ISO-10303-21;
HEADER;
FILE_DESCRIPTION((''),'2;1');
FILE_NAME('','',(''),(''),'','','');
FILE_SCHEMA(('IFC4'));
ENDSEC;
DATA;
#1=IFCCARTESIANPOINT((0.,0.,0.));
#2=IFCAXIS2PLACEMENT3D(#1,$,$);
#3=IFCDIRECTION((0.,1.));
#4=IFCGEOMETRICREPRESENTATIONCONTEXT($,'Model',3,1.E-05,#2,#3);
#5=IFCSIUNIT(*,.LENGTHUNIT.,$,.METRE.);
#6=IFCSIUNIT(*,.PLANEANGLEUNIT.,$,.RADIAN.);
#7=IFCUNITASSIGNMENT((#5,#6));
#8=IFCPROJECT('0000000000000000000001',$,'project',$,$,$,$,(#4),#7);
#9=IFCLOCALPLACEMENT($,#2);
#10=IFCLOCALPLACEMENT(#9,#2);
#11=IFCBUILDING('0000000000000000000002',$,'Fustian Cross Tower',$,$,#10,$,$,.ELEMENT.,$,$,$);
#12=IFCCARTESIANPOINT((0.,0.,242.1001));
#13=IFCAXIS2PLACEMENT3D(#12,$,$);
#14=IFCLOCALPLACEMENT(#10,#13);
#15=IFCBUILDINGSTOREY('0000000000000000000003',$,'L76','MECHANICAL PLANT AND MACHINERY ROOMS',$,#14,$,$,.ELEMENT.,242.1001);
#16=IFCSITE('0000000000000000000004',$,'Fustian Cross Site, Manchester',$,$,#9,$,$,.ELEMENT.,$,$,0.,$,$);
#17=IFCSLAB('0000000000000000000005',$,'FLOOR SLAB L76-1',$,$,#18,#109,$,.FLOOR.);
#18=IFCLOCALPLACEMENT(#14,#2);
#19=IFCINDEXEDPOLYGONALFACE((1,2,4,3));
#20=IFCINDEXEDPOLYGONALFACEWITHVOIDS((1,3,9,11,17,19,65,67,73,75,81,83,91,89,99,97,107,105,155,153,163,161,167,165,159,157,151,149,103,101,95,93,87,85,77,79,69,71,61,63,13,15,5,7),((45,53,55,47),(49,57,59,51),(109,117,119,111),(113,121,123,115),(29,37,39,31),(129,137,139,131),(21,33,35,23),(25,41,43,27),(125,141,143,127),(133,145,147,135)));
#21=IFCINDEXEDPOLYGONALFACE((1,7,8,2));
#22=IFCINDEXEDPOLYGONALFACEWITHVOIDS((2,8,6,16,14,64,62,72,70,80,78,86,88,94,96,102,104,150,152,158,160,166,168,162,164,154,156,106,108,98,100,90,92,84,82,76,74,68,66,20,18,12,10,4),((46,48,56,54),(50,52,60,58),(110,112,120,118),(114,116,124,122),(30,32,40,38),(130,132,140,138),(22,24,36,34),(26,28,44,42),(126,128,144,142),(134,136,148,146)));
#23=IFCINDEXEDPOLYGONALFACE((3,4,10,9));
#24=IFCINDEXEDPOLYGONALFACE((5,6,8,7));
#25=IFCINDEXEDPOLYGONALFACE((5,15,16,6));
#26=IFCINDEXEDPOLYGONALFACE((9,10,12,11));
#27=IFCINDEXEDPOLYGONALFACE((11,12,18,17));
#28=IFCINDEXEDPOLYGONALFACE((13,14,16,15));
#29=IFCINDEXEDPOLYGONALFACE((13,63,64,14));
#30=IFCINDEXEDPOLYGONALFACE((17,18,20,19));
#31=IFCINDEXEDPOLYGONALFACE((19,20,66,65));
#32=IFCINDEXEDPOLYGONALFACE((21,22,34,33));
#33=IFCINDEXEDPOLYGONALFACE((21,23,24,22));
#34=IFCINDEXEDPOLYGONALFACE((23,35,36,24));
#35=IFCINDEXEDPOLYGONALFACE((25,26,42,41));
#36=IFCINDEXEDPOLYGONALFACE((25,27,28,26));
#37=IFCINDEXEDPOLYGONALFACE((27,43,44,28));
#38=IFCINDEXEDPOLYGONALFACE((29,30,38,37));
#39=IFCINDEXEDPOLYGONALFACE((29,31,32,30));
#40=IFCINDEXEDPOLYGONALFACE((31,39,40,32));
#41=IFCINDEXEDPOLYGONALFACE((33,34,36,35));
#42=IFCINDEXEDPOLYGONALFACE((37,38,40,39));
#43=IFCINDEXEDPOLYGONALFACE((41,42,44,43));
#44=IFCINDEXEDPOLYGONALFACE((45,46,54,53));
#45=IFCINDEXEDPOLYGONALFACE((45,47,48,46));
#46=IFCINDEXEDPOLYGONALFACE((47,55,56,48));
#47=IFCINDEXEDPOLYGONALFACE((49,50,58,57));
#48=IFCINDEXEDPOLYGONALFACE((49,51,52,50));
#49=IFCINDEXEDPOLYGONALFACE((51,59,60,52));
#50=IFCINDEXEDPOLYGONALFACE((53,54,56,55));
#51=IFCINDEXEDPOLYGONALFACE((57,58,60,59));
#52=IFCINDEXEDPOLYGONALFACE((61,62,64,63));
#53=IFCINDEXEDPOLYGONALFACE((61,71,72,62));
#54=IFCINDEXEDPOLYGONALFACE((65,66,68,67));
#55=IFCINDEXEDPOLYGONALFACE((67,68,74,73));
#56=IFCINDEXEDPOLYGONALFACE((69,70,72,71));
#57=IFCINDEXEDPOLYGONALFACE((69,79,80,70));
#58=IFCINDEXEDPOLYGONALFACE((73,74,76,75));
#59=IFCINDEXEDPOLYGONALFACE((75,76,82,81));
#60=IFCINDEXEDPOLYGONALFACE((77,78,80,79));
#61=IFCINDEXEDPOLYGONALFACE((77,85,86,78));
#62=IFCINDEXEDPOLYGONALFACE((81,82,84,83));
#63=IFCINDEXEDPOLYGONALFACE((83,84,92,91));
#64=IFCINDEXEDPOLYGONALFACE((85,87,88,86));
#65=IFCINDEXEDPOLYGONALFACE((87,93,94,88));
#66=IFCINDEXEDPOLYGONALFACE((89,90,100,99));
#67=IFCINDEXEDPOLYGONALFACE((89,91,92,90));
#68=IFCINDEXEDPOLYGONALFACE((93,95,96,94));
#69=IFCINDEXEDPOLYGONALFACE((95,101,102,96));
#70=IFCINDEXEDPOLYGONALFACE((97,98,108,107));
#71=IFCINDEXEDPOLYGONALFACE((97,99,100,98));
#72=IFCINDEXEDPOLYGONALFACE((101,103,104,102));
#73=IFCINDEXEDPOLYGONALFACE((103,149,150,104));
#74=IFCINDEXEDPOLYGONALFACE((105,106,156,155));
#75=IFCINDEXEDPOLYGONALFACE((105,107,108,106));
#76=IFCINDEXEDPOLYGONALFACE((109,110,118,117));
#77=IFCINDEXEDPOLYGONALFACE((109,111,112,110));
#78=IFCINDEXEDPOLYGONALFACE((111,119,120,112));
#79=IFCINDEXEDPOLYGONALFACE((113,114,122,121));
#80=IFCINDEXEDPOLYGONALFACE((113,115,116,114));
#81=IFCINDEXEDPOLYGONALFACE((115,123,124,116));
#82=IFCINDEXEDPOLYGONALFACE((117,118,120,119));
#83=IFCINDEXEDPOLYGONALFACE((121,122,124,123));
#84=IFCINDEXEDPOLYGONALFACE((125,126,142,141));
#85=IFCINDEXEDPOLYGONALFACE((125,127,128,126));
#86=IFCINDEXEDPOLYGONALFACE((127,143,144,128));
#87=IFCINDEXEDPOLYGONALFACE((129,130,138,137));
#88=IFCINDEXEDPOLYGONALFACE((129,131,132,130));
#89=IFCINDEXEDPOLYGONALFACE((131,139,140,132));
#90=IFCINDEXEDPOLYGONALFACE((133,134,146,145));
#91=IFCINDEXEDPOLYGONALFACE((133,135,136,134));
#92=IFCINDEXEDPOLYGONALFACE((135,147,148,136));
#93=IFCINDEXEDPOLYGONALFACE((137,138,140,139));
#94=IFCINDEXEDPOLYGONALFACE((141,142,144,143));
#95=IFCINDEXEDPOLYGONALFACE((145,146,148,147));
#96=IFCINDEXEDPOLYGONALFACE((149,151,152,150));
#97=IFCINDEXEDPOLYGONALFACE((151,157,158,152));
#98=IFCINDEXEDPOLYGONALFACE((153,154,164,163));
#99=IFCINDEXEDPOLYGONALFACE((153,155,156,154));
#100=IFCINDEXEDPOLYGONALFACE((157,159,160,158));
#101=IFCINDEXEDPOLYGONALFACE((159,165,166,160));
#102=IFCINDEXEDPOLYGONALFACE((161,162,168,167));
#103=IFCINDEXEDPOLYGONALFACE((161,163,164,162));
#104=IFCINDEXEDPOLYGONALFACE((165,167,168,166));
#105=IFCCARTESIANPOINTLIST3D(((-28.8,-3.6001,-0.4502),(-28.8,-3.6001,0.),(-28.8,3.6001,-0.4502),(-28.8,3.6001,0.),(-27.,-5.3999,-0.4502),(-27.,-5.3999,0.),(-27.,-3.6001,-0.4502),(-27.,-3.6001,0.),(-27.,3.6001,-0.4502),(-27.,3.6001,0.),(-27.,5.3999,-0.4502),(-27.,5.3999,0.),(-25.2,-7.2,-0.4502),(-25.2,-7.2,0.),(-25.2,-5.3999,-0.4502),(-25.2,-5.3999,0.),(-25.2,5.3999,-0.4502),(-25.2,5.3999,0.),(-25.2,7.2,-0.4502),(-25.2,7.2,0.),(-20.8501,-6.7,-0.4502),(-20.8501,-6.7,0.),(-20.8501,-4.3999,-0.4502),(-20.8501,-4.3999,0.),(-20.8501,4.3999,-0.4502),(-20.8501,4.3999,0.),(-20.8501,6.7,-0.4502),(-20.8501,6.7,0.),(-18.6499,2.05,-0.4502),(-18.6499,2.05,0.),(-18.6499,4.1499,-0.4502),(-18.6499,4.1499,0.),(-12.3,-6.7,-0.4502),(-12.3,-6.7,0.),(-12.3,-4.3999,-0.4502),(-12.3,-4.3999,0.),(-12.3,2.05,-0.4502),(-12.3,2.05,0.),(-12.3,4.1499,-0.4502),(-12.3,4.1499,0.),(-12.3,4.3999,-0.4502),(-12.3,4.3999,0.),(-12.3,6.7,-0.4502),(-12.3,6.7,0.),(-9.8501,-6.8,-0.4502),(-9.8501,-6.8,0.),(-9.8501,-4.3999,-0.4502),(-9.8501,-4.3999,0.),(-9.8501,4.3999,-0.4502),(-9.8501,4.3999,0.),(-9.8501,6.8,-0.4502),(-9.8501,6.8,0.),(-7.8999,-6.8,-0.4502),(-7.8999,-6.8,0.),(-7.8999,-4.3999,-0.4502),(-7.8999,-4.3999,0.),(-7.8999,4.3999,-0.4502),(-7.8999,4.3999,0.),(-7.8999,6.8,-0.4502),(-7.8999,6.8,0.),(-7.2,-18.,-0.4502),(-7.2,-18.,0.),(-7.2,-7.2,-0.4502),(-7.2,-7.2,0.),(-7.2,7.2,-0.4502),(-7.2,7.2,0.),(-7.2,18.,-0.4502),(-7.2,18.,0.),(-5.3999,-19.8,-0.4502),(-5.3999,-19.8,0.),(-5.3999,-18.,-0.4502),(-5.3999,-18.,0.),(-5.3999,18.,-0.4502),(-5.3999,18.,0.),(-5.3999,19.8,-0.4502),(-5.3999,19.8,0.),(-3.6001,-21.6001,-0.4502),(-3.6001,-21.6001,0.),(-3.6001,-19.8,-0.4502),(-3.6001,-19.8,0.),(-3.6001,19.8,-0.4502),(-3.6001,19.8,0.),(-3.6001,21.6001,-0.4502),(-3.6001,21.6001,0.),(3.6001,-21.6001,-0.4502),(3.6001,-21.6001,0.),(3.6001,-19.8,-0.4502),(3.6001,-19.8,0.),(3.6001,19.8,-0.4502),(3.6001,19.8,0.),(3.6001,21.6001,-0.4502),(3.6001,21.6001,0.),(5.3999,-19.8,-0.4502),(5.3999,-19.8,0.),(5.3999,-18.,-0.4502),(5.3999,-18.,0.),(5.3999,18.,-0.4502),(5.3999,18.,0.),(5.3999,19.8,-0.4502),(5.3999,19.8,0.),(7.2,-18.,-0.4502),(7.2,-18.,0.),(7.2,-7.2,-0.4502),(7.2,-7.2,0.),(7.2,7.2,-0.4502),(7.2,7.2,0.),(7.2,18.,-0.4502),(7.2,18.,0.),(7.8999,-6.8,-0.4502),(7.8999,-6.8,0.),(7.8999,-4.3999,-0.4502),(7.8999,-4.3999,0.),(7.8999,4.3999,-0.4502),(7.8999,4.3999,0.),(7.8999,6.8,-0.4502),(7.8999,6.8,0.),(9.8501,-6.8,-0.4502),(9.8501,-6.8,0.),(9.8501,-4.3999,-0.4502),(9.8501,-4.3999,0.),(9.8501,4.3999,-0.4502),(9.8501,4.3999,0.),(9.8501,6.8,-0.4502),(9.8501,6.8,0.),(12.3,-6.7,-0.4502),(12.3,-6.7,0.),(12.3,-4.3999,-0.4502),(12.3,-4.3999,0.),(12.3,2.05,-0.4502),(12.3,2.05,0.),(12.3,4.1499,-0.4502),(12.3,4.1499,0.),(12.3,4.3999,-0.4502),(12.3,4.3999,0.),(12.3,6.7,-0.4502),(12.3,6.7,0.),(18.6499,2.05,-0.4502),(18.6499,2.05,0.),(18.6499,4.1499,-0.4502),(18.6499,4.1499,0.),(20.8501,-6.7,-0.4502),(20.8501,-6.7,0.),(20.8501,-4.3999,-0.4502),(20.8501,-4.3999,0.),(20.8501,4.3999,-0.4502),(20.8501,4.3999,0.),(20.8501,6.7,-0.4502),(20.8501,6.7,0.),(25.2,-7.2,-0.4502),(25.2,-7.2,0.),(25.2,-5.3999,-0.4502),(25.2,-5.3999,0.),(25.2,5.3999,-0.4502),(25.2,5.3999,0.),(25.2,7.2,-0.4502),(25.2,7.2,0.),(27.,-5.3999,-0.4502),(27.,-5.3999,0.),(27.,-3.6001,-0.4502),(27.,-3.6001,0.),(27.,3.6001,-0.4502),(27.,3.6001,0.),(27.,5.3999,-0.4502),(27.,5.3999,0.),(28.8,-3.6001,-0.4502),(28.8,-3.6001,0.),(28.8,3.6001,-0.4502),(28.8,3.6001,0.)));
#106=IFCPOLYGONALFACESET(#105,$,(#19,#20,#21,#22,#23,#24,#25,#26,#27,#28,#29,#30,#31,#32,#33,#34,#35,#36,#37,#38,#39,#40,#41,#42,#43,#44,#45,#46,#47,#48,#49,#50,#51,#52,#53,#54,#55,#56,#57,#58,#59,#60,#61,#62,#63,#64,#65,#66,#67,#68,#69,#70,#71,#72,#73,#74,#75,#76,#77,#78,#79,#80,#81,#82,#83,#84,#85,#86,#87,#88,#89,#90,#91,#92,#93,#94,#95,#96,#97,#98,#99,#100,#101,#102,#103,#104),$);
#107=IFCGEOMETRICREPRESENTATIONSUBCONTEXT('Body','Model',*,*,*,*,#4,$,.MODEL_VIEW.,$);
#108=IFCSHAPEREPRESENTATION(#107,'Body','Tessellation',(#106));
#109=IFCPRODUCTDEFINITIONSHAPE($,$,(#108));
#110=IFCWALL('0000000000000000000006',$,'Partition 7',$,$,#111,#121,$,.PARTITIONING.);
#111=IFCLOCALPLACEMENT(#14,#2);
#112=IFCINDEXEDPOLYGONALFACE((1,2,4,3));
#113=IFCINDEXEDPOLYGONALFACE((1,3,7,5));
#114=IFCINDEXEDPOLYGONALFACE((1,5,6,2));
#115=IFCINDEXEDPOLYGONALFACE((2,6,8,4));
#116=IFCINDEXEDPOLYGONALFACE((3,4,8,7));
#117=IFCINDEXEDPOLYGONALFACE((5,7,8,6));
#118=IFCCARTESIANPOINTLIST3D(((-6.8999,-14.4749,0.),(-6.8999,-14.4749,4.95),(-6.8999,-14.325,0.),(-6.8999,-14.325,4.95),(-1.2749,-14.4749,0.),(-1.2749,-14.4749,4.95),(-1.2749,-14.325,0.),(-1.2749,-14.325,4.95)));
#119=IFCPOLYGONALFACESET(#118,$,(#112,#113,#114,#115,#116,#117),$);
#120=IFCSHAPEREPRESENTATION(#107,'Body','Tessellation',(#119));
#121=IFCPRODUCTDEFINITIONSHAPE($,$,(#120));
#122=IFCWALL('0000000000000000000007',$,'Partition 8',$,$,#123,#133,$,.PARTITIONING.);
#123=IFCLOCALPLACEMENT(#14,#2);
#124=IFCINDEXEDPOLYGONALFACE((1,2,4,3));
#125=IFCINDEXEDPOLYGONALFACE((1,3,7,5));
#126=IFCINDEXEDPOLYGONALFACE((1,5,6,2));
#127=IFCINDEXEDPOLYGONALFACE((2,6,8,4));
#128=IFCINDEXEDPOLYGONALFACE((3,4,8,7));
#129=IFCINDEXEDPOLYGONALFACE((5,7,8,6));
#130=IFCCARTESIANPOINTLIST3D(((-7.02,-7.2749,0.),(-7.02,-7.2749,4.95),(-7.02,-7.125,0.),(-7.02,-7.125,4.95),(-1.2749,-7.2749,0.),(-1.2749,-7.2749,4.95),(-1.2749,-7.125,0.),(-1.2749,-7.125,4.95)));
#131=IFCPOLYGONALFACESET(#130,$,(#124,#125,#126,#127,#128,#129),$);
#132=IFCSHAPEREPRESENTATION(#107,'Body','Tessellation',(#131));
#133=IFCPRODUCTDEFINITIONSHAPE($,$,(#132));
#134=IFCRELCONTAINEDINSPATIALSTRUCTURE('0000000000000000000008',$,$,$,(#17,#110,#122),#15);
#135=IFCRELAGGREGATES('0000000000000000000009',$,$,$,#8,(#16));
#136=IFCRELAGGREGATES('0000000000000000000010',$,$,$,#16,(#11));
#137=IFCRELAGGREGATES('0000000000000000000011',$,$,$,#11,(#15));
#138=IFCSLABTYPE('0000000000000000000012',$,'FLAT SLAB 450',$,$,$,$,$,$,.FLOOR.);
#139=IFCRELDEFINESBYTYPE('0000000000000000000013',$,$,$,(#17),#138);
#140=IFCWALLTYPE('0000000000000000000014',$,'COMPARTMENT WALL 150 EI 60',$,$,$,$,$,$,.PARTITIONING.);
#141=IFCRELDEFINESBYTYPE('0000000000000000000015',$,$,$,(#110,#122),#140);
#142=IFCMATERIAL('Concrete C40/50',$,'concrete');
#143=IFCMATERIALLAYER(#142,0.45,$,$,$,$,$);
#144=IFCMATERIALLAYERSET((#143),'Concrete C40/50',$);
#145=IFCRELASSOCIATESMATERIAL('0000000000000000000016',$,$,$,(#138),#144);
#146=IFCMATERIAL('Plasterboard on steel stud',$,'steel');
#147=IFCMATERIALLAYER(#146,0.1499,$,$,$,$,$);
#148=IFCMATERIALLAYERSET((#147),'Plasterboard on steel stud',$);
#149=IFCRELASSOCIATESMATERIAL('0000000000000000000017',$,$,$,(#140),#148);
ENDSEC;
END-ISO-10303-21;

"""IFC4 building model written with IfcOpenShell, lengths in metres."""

from ifc_helpers import new_model, si_unit, direction, frame, frame_2d, origin, place, context, subcontext, project, spatial, polyline, rectangle, outline, extrude, material, layer, layer_set, type_object, element, save


model = new_model("IFC4")

# Units and contexts
model_context = context("Model", 3, precision=1e-05, world=origin(), true_north=direction((0.0, 1.0)))
body_context = subcontext(model_context, "Body", "Model", "MODEL_VIEW")
ifc_project = project(units=[si_unit("LENGTHUNIT", "METRE"), si_unit("PLANEANGLEUNIT", "RADIAN")], contexts=[model_context])

# Site, building, storey
site_placement = place(None, origin())
site = spatial("IfcSite", under=ifc_project, at=site_placement, Name="Fustian Cross Site, Manchester", CompositionType="ELEMENT", RefElevation=0.0)
building_placement = place(site_placement, origin())
building = spatial("IfcBuilding", under=site, at=building_placement, Name="Fustian Cross Tower", CompositionType="ELEMENT")
storey_placement = place(building_placement, frame((0.0, 0.0, 242.1001)))
storey = spatial("IfcBuildingStorey", under=building, at=storey_placement, Name="L76", Description="MECHANICAL PLANT AND MACHINERY ROOMS", CompositionType="ELEMENT", Elevation=242.1001)

# Slab
ifc_material_1 = material(Name="Concrete C40/50", Category="concrete")
ifc_layer_1 = layer(ifc_material_1, 0.45)
ifc_layer_set_1 = layer_set([ifc_layer_1], Name="Concrete C40/50")
slab_type = type_object("IfcSlabType", Name="FLAT SLAB 450", PredefinedType="FLOOR", material=ifc_layer_set_1)
slab_placement = place(storey_placement, frame((0.0, 0.0, -0.4502)))
element("IfcSlab", 1, at=slab_placement, inside=storey, type_object=slab_type, Name="FLOOR SLAB L76-1", PredefinedType="FLOOR", context=body_context, shape_type="SweptSolid", body=[
    extrude(outline(polyline([(-7.2, -18.0), (-7.2, -7.2), (-25.2, -7.2), (-25.2, -5.3999), (-27.0, -5.3999), (-27.0, -3.6001), (-28.8, -3.6001), (-28.8, 3.6001), (-27.0, 3.6001), (-27.0, 5.3999), (-25.2, 5.3999), (-25.2, 7.2), (-7.2, 7.2), (-7.2, 18.0), (-5.3999, 18.0), (-5.3999, 19.8), (-3.6001, 19.8), (-3.6001, 21.6001), (3.6001, 21.6001), (3.6001, 19.8), (5.3999, 19.8), (5.3999, 18.0), (7.2, 18.0), (7.2, 7.2), (25.2, 7.2), (25.2, 5.3999), (27.0, 5.3999), (27.0, 3.6001), (28.8, 3.6001), (28.8, -3.6001), (27.0, -3.6001), (27.0, -5.3999), (25.2, -5.3999), (25.2, -7.2), (7.2, -7.2), (7.2, -18.0), (5.3999, -18.0), (5.3999, -19.8), (3.6001, -19.8), (3.6001, -21.6001), (-3.6001, -21.6001), (-3.6001, -19.8), (-5.3999, -19.8), (-5.3999, -18.0), (-7.2, -18.0)]), holes=[polyline([(7.8999, 6.8), (7.8999, 4.3999), (9.8501, 4.3999), (9.8501, 6.8), (7.8999, 6.8)]), polyline([(9.8501, -4.3999), (7.8999, -4.3999), (7.8999, -6.8), (9.8501, -6.8), (9.8501, -4.3999)]), polyline([(-7.8999, 4.3999), (-7.8999, 6.8), (-9.8501, 6.8), (-9.8501, 4.3999), (-7.8999, 4.3999)]), polyline([(-9.8501, -6.8), (-7.8999, -6.8), (-7.8999, -4.3999), (-9.8501, -4.3999), (-9.8501, -6.8)]), polyline([(12.3, 4.1499), (12.3, 2.05), (18.6499, 2.05), (18.6499, 4.1499), (12.3, 4.1499)]), polyline([(-12.3, 4.1499), (-18.6499, 4.1499), (-18.6499, 2.05), (-12.3, 2.05), (-12.3, 4.1499)]), polyline([(20.8501, 4.3999), (20.8501, 6.7), (12.3, 6.7), (12.3, 4.3999), (20.8501, 4.3999)]), polyline([(12.3, -6.7), (20.8501, -6.7), (20.8501, -4.3999), (12.3, -4.3999), (12.3, -6.7)]), polyline([(-20.8501, 6.7), (-20.8501, 4.3999), (-12.3, 4.3999), (-12.3, 6.7), (-20.8501, 6.7)]), polyline([(-12.3, -4.3999), (-20.8501, -4.3999), (-20.8501, -6.7), (-12.3, -6.7), (-12.3, -4.3999)])]), origin(), (0.0, 0.0, 1.0), 0.4502),
])

# Walls
ifc_material_2 = material(Name="Plasterboard on steel stud", Category="steel")
ifc_layer_2 = layer(ifc_material_2, 0.1499)
ifc_layer_set_2 = layer_set([ifc_layer_2], Name="Plasterboard on steel stud")
wall_type = type_object("IfcWallType", Name="COMPARTMENT WALL 150 EI 60", PredefinedType="PARTITIONING", material=ifc_layer_set_2)
wall_1_placement = place(storey_placement, frame((-6.8999, -14.3999, 0.0), z_axis=(0.0, 0.0, 1.0), x_axis=(1.0, 0.0, 0.0)))
element("IfcWall", 2, at=wall_1_placement, inside=storey, type_object=wall_type, Name="Partition 7", PredefinedType="PARTITIONING", context=body_context, shape_type="SweptSolid", body=[
    extrude(rectangle(XDim=5.625, YDim=0.1499, at=frame_2d((2.8125, 0.0))), origin(), (0.0, 0.0, 1.0), 4.95),
])
wall_2_placement = place(storey_placement, frame((-7.02, -7.2, 0.0), z_axis=(0.0, 0.0, 1.0), x_axis=(1.0, 0.0, 0.0)))
element("IfcWall", 3, at=wall_2_placement, inside=storey, type_object=wall_type, Name="Partition 8", PredefinedType="PARTITIONING", context=body_context, shape_type="SweptSolid", body=[
    extrude(rectangle(XDim=5.7451, YDim=0.1499, at=frame_2d((2.8726, 0.0))), origin(), (0.0, 0.0, 1.0), 4.95),
])

save(model, "model.ifc")
